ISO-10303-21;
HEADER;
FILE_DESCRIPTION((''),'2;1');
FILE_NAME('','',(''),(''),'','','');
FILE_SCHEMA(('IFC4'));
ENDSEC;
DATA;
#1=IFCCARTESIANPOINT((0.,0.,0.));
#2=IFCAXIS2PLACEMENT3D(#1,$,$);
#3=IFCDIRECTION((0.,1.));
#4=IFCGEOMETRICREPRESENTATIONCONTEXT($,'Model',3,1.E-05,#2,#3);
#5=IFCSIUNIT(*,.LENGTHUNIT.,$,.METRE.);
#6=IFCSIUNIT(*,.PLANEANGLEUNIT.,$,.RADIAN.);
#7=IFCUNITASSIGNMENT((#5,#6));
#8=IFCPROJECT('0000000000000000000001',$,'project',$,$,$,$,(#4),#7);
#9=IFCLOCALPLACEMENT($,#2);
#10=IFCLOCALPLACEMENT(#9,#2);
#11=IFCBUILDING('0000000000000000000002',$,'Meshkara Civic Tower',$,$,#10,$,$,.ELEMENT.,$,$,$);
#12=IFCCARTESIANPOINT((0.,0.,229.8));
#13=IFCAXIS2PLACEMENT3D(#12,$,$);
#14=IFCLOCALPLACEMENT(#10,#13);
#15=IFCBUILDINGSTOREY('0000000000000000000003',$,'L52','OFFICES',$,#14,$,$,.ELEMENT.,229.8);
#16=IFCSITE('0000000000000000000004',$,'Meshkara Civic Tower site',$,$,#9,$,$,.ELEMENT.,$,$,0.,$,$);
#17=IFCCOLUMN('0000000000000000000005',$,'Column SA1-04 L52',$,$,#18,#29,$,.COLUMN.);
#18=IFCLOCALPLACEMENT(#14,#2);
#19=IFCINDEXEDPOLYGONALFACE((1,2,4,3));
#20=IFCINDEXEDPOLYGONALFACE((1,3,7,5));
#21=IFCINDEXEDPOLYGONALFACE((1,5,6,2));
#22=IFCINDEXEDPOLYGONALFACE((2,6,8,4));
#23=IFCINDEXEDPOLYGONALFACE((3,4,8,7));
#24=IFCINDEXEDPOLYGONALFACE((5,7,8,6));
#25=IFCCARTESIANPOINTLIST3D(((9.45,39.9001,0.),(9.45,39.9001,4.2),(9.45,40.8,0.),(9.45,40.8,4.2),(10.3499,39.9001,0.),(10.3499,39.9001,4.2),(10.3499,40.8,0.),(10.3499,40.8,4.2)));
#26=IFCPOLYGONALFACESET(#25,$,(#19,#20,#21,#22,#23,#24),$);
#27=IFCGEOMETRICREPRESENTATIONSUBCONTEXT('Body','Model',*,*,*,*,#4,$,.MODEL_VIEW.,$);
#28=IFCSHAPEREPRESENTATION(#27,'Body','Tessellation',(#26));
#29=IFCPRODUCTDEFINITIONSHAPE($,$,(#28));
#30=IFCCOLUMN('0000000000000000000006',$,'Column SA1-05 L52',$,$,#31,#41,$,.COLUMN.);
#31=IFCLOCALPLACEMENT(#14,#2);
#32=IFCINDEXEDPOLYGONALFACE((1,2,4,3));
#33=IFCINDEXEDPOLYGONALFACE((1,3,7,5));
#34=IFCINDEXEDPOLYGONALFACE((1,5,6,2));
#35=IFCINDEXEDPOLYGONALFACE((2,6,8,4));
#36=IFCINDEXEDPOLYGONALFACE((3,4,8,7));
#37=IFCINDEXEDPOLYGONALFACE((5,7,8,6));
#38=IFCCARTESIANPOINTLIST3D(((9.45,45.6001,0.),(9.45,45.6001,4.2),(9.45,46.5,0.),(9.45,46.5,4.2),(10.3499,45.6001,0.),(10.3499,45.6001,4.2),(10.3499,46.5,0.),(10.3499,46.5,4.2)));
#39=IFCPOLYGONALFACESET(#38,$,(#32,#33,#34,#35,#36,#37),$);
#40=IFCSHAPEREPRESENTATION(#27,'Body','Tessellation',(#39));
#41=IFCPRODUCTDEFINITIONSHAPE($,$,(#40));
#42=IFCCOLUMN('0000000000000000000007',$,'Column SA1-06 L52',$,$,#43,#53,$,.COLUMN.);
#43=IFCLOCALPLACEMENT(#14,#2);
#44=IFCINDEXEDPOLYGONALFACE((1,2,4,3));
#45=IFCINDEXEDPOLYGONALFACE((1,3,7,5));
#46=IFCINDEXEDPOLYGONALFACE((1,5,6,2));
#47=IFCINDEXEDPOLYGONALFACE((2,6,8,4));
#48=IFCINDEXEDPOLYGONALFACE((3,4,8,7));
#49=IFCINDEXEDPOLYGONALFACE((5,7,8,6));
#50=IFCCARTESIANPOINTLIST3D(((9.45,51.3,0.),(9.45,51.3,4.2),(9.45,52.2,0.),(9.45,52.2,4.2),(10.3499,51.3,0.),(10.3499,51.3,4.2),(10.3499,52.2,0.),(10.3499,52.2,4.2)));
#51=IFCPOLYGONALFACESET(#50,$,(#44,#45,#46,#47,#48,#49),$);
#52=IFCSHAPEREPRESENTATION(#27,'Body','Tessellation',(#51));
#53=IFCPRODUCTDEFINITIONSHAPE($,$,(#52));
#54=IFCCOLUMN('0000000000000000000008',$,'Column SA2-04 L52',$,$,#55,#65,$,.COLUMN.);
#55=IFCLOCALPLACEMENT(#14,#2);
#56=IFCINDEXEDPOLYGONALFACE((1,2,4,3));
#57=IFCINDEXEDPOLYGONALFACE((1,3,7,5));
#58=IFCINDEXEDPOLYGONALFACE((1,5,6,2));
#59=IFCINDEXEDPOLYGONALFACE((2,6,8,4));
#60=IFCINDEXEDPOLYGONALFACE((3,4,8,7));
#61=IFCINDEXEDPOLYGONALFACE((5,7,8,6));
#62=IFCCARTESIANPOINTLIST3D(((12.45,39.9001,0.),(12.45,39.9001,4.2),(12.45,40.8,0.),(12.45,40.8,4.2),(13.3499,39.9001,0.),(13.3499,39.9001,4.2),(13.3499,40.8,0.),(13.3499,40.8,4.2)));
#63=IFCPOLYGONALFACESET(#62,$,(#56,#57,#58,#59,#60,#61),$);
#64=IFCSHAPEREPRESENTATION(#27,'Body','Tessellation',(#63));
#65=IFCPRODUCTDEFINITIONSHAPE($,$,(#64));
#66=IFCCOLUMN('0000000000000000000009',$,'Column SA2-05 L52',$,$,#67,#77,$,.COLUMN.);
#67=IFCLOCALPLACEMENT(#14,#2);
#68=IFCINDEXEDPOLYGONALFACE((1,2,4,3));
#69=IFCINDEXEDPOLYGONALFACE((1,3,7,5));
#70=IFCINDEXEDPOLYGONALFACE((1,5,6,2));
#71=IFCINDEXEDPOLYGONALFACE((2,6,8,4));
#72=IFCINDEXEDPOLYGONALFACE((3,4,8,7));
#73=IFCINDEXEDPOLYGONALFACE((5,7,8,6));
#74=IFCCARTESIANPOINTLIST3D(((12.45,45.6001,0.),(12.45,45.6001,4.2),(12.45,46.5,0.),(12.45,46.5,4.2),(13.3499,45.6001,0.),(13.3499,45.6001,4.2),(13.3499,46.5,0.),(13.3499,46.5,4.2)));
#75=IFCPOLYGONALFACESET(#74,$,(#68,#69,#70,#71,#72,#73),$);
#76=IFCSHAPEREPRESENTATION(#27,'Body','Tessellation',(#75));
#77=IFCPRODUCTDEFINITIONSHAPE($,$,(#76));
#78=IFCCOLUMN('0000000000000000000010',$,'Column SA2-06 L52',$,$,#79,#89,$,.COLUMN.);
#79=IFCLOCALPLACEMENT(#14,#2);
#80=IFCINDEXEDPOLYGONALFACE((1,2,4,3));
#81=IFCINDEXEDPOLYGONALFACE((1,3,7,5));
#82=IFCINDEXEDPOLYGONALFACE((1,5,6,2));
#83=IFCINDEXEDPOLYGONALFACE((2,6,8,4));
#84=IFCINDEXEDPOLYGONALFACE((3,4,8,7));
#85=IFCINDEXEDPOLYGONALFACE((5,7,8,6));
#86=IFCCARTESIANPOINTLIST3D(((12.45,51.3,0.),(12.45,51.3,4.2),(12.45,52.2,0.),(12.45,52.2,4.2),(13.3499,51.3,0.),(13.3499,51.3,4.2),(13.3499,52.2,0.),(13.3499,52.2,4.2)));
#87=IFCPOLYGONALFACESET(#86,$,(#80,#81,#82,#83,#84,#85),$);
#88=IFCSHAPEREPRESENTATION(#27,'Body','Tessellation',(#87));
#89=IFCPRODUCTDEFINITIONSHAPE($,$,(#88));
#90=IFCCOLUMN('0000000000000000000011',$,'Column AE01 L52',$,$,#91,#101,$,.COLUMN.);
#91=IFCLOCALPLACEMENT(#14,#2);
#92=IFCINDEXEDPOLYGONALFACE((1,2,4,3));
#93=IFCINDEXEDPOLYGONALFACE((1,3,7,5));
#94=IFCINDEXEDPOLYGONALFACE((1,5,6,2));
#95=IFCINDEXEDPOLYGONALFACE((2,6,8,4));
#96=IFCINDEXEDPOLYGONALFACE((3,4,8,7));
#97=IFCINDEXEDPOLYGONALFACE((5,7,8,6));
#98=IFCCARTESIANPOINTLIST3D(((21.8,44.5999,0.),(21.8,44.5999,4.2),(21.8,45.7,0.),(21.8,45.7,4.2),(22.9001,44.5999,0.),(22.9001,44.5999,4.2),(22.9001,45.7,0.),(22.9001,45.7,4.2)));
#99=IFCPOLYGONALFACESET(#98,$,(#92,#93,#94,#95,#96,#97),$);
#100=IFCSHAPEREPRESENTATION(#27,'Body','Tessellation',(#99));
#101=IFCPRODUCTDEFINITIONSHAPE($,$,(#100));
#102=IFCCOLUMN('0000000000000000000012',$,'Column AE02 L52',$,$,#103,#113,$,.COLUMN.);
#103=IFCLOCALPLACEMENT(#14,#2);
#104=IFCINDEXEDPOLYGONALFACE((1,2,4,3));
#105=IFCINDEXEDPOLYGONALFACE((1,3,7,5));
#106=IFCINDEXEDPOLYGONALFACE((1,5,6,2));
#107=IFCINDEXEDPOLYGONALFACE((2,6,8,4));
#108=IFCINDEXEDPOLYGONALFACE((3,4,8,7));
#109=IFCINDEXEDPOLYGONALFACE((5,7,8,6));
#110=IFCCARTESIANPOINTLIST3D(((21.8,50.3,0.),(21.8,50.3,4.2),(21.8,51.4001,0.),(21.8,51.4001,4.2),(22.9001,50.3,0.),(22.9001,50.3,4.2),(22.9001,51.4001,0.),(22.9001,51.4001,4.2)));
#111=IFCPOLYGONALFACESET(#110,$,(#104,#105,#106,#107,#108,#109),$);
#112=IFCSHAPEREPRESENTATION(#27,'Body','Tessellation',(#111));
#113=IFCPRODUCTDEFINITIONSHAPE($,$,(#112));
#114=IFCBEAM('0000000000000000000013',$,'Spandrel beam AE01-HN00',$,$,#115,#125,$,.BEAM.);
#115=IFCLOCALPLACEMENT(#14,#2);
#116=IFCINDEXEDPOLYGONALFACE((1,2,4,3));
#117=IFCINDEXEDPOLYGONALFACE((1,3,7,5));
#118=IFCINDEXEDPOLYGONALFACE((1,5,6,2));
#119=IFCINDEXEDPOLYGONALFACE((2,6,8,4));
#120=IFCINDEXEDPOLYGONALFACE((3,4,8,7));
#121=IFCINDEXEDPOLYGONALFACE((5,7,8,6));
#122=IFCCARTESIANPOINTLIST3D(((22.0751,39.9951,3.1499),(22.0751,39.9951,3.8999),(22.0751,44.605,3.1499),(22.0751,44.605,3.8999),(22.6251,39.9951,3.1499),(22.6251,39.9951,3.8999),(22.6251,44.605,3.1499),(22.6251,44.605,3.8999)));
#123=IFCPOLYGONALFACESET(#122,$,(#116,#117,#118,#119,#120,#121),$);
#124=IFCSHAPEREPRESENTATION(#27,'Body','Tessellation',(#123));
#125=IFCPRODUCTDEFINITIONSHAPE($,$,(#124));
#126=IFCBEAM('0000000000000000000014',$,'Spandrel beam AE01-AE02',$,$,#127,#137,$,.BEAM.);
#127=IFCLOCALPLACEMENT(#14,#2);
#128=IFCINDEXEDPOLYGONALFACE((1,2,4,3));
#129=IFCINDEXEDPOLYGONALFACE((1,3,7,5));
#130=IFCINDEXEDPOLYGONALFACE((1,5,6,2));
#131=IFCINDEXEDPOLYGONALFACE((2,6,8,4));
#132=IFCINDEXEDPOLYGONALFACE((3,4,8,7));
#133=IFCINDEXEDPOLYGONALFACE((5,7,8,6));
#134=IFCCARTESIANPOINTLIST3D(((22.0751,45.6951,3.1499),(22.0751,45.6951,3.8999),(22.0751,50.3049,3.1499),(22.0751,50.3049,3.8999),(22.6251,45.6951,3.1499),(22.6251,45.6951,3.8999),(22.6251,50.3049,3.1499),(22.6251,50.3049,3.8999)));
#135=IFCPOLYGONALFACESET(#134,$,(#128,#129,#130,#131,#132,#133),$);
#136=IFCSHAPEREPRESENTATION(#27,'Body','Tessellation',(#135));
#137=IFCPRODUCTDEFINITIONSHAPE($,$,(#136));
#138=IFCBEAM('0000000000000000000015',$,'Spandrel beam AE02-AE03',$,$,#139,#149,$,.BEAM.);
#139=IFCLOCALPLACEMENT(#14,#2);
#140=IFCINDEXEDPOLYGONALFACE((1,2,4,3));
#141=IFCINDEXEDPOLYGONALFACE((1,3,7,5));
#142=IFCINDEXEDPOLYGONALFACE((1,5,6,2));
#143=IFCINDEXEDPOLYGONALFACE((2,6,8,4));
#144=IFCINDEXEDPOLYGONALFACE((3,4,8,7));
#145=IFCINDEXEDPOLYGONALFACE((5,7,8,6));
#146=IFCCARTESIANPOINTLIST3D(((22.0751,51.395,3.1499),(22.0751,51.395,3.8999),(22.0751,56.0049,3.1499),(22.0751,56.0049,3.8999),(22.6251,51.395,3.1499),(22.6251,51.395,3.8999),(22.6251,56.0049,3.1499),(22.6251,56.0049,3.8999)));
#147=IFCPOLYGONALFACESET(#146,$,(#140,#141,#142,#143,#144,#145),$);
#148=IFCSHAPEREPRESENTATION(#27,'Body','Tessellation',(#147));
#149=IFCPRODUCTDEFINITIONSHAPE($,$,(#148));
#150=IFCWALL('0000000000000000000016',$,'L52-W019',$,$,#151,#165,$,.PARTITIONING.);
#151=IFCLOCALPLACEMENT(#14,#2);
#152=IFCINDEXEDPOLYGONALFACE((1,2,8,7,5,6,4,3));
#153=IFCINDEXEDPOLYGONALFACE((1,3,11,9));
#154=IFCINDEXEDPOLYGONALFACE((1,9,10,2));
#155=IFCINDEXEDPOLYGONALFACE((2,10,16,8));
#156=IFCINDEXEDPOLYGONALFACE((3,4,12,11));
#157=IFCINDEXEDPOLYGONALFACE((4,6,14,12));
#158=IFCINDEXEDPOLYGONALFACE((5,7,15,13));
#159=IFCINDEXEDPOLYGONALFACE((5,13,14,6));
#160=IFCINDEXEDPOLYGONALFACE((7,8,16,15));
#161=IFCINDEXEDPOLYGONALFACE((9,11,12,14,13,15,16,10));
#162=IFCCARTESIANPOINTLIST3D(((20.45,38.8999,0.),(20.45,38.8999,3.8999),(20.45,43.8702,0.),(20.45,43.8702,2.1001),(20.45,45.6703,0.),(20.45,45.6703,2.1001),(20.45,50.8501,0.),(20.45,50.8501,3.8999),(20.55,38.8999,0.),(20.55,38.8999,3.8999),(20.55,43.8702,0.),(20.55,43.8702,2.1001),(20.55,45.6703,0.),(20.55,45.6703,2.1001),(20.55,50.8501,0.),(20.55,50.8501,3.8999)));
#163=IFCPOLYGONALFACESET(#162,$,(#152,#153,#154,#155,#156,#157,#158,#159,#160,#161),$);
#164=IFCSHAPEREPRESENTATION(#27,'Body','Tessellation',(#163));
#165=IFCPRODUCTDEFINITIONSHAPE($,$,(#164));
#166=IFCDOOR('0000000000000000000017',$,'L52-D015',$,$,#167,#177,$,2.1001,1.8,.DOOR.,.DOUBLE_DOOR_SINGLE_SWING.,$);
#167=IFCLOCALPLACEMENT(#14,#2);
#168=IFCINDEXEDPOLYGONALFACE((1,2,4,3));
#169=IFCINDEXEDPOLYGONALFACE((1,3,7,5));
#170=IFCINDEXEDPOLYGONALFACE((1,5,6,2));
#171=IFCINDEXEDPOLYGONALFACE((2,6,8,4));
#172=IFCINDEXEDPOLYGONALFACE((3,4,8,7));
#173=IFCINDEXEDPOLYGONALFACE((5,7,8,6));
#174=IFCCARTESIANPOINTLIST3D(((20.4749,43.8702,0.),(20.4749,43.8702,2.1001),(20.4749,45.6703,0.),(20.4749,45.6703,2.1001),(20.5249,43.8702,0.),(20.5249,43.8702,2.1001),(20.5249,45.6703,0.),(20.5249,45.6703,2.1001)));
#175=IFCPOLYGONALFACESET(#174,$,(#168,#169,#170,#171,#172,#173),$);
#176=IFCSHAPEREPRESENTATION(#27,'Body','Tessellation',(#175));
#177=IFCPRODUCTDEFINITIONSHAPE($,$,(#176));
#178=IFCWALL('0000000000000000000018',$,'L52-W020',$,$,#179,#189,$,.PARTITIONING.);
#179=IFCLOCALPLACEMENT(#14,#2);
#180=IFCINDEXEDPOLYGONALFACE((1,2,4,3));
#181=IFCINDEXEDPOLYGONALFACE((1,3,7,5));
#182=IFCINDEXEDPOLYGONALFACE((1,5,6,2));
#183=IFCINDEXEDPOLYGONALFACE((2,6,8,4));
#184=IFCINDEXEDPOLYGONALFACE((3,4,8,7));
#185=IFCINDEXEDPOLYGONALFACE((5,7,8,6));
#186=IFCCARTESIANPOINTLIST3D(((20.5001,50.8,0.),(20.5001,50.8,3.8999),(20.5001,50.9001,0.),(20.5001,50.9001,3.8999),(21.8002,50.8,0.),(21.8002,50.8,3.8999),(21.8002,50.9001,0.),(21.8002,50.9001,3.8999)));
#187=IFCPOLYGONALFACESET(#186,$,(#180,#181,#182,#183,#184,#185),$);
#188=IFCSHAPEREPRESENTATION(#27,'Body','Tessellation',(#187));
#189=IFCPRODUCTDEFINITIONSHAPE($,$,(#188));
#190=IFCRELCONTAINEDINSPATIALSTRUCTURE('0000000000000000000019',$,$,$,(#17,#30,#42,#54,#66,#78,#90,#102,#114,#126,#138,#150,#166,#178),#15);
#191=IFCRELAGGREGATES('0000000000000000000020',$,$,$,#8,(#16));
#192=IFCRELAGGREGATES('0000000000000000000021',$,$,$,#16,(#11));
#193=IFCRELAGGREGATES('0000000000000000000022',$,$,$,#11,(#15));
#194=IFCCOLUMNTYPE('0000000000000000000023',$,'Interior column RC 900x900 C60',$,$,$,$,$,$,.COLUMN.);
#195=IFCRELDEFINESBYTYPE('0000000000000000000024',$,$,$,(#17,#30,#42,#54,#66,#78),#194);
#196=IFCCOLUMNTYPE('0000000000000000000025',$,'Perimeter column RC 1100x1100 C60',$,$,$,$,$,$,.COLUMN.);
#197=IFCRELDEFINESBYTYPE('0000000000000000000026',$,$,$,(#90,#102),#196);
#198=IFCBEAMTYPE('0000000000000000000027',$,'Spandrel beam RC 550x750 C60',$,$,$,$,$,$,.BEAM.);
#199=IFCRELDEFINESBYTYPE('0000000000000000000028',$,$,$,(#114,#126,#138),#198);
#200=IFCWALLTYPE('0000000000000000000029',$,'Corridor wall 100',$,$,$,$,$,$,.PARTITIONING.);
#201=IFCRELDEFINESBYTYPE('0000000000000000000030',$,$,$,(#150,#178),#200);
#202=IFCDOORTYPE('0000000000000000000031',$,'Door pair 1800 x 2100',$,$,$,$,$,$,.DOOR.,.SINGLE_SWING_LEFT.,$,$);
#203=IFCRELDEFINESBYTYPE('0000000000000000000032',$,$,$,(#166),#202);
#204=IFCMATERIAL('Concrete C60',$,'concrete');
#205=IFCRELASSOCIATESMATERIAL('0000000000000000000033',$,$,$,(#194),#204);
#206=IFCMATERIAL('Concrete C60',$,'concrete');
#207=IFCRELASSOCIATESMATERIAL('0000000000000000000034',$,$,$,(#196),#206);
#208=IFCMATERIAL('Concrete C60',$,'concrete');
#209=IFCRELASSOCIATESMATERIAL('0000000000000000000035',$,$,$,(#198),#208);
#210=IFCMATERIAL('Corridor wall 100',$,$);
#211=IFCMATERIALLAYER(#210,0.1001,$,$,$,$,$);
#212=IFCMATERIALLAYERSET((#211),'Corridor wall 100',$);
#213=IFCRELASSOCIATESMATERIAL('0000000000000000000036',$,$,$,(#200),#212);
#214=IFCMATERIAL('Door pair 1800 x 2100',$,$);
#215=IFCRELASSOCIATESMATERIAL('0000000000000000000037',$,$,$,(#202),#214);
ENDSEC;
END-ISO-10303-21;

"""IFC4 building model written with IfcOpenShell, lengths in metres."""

from ifc_helpers import new_model, si_unit, direction, frame, frame_2d, origin, origin_2d, place, context, subcontext, project, spatial, rectangle, extrude, material, layer, layer_set, material_profile, profile_set, type_object, element, fill, save


model = new_model("IFC4")

# Units and contexts
model_context = context("Model", 3, precision=1e-05, world=origin(), true_north=direction((0.0, 1.0)))
body_context = subcontext(model_context, "Body", "Model", "MODEL_VIEW")
ifc_project = project(units=[si_unit("LENGTHUNIT", "METRE"), si_unit("PLANEANGLEUNIT", "RADIAN")], contexts=[model_context])

# Site, building, storey
site_placement = place(None, origin())
site = spatial("IfcSite", under=ifc_project, at=site_placement, Name="Meshkara Civic Tower site", CompositionType="ELEMENT", RefElevation=0.0)
building_placement = place(site_placement, origin())
building = spatial("IfcBuilding", under=site, at=building_placement, Name="Meshkara Civic Tower", CompositionType="ELEMENT")
storey_placement = place(building_placement, frame((0.0, 0.0, 229.8)))
storey = spatial("IfcBuildingStorey", under=building, at=storey_placement, Name="L52", Description="OFFICES", CompositionType="ELEMENT", Elevation=229.8)

# Columns
ifc_material_1 = material(Name="Concrete C60", Category="concrete")
ifc_material_profile_1 = material_profile(ifc_material_1, rectangle(XDim=0.8999, YDim=0.8999, at=origin_2d()))
ifc_profile_set_1 = profile_set([ifc_material_profile_1], Name="Concrete C60")
column_type_1 = type_object("IfcColumnType", Name="Interior column RC 900x900 C60", PredefinedType="COLUMN", material=ifc_profile_set_1)
for number, where, z_axis, x_axis, name in (
    (1, (9.8999, 40.3501, 0.0), (0.0, 0.0, 1.0), (1.0, 0.0, 0.0), "Column SA1-04 L52"),
    (2, (9.8999, 46.05, 0.0), (0.0, 0.0, 1.0), (1.0, 0.0, 0.0), "Column SA1-05 L52"),
    (3, (9.8999, 51.75, 0.0), (0.0, 0.0, 1.0), (1.0, 0.0, 0.0), "Column SA1-06 L52"),
    (4, (12.8999, 40.3501, 0.0), (0.0, 0.0, 1.0), (1.0, 0.0, 0.0), "Column SA2-04 L52"),
    (5, (12.8999, 46.05, 0.0), (0.0, 0.0, 1.0), (1.0, 0.0, 0.0), "Column SA2-05 L52"),
    (6, (12.8999, 51.75, 0.0), (0.0, 0.0, 1.0), (1.0, 0.0, 0.0), "Column SA2-06 L52"),
):
    element("IfcColumn", number, at=place(storey_placement, frame(where, z_axis=z_axis, x_axis=x_axis)), inside=storey, type_object=column_type_1, Name=name, PredefinedType="COLUMN", context=body_context, shape_type="SweptSolid", body=[
        extrude(rectangle(XDim=0.8999, YDim=0.8999, at=origin_2d()), origin(), (0.0, 0.0, 1.0), 4.2),
    ])
ifc_material_2 = material(Name="Concrete C60", Category="concrete")
ifc_material_profile_2 = material_profile(ifc_material_2, rectangle(XDim=1.1001, YDim=1.1001, at=origin_2d()))
ifc_profile_set_2 = profile_set([ifc_material_profile_2], Name="Concrete C60")
column_type_2 = type_object("IfcColumnType", Name="Perimeter column RC 1100x1100 C60", PredefinedType="COLUMN", material=ifc_profile_set_2)
for number, where, z_axis, x_axis, name in (
    (7, (22.3501, 45.1499, 0.0), (0.0, 0.0, 1.0), (1.0, 0.0, 0.0), "Column AE01 L52"),
    (8, (22.3501, 50.8501, 0.0), (0.0, 0.0, 1.0), (1.0, 0.0, 0.0), "Column AE02 L52"),
):
    element("IfcColumn", number, at=place(storey_placement, frame(where, z_axis=z_axis, x_axis=x_axis)), inside=storey, type_object=column_type_2, Name=name, PredefinedType="COLUMN", context=body_context, shape_type="SweptSolid", body=[
        extrude(rectangle(XDim=1.1001, YDim=1.1001, at=origin_2d()), origin(), (0.0, 0.0, 1.0), 4.2),
    ])

# Beams
ifc_material_3 = material(Name="Concrete C60", Category="concrete")
ifc_material_profile_3 = material_profile(ifc_material_3, rectangle(XDim=0.55, YDim=0.75, at=origin_2d()))
ifc_profile_set_3 = profile_set([ifc_material_profile_3], Name="Concrete C60")
beam_type = type_object("IfcBeamType", Name="Spandrel beam RC 550x750 C60", PredefinedType="BEAM", material=ifc_profile_set_3)
for number, where, z_axis, x_axis, name in (
    (9, (22.3501, 39.9951, 3.5249), (0.0, 1.0, 0.0), (-1.0, 0.0, 0.0), "Spandrel beam AE01-HN00"),
    (10, (22.3501, 45.6951, 3.5249), (0.0, 1.0, 0.0), (-1.0, 0.0, 0.0), "Spandrel beam AE01-AE02"),
    (11, (22.3501, 51.395, 3.5249), (0.0, 1.0, 0.0), (-1.0, 0.0, 0.0), "Spandrel beam AE02-AE03"),
):
    element("IfcBeam", number, at=place(storey_placement, frame(where, z_axis=z_axis, x_axis=x_axis)), inside=storey, type_object=beam_type, Name=name, PredefinedType="BEAM", context=body_context, shape_type="SweptSolid", body=[
        extrude(rectangle(XDim=0.55, YDim=0.75, at=origin_2d()), origin(), (0.0, 0.0, 1.0), 4.6099),
    ])

# Wall, opening, door
ifc_material_4 = material(Name="Corridor wall 100")
ifc_layer_1 = layer(ifc_material_4, 0.1001)
ifc_layer_set_1 = layer_set([ifc_layer_1], Name="Corridor wall 100")
wall_type_1 = type_object("IfcWallType", Name="Corridor wall 100", PredefinedType="PARTITIONING", material=ifc_layer_set_1)
wall_1_placement = place(storey_placement, frame((20.5, 50.8501, 0.0), z_axis=(0.0, 0.0, 1.0), x_axis=(0.0, -1.0, 0.0)))
wall_1 = element("IfcWall", 12, at=wall_1_placement, inside=storey, type_object=wall_type_1, Name="L52-W019", PredefinedType="PARTITIONING", context=body_context, shape_type="SweptSolid", body=[
    extrude(rectangle(XDim=11.9502, YDim=0.1001, at=frame_2d((5.9751, 0.0))), origin(), (0.0, 0.0, 1.0), 3.8999),
])
opening_1_placement = place(wall_1_placement, frame((5.1799, 0.0, 0.0)))
opening_1 = element("IfcOpeningElement", 13, at=opening_1_placement, cuts=wall_1, PredefinedType="OPENING", context=body_context, shape_type="SweptSolid", body=[
    extrude(rectangle(XDim=1.8, YDim=2.1001, at=frame_2d((0.8999, 1.05))), frame((0.0, 0.0601, 0.0), z_axis=(0.0, -1.0, 0.0), x_axis=(1.0, 0.0, 0.0)), (0.0, 0.0, 1.0), 0.1201),
])
ifc_material_5 = material(Name="Door pair 1800 x 2100")
door_type = type_object("IfcDoorType", Name="Door pair 1800 x 2100", OperationType="SINGLE_SWING_LEFT", PredefinedType="DOOR", material=ifc_material_5)
door_placement = place(opening_1_placement, origin())
door = element("IfcDoor", 14, at=door_placement, inside=storey, type_object=door_type, Name="L52-D015", OperationType="DOUBLE_DOOR_SINGLE_SWING", OverallHeight=2.1001, OverallWidth=1.8, PredefinedType="DOOR", context=body_context, shape_type="SweptSolid", body=[
    extrude(rectangle(XDim=1.8, YDim=2.1001, at=frame_2d((0.8999, 1.05))), frame((0.0, 0.0249, 0.0), z_axis=(0.0, -1.0, 0.0), x_axis=(1.0, 0.0, 0.0)), (0.0, 0.0, 1.0), 0.05),
])
fill(opening_1, door)

# Wall
wall_2_placement = place(storey_placement, frame((21.8, 50.8501, 0.0), z_axis=(0.0, 0.0, 1.0), x_axis=(-1.0, 0.0, 0.0)))
element("IfcWall", 15, at=wall_2_placement, inside=storey, type_object=wall_type_1, Name="L52-W020", PredefinedType="PARTITIONING", context=body_context, shape_type="SweptSolid", body=[
    extrude(rectangle(XDim=1.3, YDim=0.1001, at=frame_2d((0.6499, 0.0))), origin(), (0.0, 0.0, 1.0), 3.8999),
])

save(model, "model.ifc")
